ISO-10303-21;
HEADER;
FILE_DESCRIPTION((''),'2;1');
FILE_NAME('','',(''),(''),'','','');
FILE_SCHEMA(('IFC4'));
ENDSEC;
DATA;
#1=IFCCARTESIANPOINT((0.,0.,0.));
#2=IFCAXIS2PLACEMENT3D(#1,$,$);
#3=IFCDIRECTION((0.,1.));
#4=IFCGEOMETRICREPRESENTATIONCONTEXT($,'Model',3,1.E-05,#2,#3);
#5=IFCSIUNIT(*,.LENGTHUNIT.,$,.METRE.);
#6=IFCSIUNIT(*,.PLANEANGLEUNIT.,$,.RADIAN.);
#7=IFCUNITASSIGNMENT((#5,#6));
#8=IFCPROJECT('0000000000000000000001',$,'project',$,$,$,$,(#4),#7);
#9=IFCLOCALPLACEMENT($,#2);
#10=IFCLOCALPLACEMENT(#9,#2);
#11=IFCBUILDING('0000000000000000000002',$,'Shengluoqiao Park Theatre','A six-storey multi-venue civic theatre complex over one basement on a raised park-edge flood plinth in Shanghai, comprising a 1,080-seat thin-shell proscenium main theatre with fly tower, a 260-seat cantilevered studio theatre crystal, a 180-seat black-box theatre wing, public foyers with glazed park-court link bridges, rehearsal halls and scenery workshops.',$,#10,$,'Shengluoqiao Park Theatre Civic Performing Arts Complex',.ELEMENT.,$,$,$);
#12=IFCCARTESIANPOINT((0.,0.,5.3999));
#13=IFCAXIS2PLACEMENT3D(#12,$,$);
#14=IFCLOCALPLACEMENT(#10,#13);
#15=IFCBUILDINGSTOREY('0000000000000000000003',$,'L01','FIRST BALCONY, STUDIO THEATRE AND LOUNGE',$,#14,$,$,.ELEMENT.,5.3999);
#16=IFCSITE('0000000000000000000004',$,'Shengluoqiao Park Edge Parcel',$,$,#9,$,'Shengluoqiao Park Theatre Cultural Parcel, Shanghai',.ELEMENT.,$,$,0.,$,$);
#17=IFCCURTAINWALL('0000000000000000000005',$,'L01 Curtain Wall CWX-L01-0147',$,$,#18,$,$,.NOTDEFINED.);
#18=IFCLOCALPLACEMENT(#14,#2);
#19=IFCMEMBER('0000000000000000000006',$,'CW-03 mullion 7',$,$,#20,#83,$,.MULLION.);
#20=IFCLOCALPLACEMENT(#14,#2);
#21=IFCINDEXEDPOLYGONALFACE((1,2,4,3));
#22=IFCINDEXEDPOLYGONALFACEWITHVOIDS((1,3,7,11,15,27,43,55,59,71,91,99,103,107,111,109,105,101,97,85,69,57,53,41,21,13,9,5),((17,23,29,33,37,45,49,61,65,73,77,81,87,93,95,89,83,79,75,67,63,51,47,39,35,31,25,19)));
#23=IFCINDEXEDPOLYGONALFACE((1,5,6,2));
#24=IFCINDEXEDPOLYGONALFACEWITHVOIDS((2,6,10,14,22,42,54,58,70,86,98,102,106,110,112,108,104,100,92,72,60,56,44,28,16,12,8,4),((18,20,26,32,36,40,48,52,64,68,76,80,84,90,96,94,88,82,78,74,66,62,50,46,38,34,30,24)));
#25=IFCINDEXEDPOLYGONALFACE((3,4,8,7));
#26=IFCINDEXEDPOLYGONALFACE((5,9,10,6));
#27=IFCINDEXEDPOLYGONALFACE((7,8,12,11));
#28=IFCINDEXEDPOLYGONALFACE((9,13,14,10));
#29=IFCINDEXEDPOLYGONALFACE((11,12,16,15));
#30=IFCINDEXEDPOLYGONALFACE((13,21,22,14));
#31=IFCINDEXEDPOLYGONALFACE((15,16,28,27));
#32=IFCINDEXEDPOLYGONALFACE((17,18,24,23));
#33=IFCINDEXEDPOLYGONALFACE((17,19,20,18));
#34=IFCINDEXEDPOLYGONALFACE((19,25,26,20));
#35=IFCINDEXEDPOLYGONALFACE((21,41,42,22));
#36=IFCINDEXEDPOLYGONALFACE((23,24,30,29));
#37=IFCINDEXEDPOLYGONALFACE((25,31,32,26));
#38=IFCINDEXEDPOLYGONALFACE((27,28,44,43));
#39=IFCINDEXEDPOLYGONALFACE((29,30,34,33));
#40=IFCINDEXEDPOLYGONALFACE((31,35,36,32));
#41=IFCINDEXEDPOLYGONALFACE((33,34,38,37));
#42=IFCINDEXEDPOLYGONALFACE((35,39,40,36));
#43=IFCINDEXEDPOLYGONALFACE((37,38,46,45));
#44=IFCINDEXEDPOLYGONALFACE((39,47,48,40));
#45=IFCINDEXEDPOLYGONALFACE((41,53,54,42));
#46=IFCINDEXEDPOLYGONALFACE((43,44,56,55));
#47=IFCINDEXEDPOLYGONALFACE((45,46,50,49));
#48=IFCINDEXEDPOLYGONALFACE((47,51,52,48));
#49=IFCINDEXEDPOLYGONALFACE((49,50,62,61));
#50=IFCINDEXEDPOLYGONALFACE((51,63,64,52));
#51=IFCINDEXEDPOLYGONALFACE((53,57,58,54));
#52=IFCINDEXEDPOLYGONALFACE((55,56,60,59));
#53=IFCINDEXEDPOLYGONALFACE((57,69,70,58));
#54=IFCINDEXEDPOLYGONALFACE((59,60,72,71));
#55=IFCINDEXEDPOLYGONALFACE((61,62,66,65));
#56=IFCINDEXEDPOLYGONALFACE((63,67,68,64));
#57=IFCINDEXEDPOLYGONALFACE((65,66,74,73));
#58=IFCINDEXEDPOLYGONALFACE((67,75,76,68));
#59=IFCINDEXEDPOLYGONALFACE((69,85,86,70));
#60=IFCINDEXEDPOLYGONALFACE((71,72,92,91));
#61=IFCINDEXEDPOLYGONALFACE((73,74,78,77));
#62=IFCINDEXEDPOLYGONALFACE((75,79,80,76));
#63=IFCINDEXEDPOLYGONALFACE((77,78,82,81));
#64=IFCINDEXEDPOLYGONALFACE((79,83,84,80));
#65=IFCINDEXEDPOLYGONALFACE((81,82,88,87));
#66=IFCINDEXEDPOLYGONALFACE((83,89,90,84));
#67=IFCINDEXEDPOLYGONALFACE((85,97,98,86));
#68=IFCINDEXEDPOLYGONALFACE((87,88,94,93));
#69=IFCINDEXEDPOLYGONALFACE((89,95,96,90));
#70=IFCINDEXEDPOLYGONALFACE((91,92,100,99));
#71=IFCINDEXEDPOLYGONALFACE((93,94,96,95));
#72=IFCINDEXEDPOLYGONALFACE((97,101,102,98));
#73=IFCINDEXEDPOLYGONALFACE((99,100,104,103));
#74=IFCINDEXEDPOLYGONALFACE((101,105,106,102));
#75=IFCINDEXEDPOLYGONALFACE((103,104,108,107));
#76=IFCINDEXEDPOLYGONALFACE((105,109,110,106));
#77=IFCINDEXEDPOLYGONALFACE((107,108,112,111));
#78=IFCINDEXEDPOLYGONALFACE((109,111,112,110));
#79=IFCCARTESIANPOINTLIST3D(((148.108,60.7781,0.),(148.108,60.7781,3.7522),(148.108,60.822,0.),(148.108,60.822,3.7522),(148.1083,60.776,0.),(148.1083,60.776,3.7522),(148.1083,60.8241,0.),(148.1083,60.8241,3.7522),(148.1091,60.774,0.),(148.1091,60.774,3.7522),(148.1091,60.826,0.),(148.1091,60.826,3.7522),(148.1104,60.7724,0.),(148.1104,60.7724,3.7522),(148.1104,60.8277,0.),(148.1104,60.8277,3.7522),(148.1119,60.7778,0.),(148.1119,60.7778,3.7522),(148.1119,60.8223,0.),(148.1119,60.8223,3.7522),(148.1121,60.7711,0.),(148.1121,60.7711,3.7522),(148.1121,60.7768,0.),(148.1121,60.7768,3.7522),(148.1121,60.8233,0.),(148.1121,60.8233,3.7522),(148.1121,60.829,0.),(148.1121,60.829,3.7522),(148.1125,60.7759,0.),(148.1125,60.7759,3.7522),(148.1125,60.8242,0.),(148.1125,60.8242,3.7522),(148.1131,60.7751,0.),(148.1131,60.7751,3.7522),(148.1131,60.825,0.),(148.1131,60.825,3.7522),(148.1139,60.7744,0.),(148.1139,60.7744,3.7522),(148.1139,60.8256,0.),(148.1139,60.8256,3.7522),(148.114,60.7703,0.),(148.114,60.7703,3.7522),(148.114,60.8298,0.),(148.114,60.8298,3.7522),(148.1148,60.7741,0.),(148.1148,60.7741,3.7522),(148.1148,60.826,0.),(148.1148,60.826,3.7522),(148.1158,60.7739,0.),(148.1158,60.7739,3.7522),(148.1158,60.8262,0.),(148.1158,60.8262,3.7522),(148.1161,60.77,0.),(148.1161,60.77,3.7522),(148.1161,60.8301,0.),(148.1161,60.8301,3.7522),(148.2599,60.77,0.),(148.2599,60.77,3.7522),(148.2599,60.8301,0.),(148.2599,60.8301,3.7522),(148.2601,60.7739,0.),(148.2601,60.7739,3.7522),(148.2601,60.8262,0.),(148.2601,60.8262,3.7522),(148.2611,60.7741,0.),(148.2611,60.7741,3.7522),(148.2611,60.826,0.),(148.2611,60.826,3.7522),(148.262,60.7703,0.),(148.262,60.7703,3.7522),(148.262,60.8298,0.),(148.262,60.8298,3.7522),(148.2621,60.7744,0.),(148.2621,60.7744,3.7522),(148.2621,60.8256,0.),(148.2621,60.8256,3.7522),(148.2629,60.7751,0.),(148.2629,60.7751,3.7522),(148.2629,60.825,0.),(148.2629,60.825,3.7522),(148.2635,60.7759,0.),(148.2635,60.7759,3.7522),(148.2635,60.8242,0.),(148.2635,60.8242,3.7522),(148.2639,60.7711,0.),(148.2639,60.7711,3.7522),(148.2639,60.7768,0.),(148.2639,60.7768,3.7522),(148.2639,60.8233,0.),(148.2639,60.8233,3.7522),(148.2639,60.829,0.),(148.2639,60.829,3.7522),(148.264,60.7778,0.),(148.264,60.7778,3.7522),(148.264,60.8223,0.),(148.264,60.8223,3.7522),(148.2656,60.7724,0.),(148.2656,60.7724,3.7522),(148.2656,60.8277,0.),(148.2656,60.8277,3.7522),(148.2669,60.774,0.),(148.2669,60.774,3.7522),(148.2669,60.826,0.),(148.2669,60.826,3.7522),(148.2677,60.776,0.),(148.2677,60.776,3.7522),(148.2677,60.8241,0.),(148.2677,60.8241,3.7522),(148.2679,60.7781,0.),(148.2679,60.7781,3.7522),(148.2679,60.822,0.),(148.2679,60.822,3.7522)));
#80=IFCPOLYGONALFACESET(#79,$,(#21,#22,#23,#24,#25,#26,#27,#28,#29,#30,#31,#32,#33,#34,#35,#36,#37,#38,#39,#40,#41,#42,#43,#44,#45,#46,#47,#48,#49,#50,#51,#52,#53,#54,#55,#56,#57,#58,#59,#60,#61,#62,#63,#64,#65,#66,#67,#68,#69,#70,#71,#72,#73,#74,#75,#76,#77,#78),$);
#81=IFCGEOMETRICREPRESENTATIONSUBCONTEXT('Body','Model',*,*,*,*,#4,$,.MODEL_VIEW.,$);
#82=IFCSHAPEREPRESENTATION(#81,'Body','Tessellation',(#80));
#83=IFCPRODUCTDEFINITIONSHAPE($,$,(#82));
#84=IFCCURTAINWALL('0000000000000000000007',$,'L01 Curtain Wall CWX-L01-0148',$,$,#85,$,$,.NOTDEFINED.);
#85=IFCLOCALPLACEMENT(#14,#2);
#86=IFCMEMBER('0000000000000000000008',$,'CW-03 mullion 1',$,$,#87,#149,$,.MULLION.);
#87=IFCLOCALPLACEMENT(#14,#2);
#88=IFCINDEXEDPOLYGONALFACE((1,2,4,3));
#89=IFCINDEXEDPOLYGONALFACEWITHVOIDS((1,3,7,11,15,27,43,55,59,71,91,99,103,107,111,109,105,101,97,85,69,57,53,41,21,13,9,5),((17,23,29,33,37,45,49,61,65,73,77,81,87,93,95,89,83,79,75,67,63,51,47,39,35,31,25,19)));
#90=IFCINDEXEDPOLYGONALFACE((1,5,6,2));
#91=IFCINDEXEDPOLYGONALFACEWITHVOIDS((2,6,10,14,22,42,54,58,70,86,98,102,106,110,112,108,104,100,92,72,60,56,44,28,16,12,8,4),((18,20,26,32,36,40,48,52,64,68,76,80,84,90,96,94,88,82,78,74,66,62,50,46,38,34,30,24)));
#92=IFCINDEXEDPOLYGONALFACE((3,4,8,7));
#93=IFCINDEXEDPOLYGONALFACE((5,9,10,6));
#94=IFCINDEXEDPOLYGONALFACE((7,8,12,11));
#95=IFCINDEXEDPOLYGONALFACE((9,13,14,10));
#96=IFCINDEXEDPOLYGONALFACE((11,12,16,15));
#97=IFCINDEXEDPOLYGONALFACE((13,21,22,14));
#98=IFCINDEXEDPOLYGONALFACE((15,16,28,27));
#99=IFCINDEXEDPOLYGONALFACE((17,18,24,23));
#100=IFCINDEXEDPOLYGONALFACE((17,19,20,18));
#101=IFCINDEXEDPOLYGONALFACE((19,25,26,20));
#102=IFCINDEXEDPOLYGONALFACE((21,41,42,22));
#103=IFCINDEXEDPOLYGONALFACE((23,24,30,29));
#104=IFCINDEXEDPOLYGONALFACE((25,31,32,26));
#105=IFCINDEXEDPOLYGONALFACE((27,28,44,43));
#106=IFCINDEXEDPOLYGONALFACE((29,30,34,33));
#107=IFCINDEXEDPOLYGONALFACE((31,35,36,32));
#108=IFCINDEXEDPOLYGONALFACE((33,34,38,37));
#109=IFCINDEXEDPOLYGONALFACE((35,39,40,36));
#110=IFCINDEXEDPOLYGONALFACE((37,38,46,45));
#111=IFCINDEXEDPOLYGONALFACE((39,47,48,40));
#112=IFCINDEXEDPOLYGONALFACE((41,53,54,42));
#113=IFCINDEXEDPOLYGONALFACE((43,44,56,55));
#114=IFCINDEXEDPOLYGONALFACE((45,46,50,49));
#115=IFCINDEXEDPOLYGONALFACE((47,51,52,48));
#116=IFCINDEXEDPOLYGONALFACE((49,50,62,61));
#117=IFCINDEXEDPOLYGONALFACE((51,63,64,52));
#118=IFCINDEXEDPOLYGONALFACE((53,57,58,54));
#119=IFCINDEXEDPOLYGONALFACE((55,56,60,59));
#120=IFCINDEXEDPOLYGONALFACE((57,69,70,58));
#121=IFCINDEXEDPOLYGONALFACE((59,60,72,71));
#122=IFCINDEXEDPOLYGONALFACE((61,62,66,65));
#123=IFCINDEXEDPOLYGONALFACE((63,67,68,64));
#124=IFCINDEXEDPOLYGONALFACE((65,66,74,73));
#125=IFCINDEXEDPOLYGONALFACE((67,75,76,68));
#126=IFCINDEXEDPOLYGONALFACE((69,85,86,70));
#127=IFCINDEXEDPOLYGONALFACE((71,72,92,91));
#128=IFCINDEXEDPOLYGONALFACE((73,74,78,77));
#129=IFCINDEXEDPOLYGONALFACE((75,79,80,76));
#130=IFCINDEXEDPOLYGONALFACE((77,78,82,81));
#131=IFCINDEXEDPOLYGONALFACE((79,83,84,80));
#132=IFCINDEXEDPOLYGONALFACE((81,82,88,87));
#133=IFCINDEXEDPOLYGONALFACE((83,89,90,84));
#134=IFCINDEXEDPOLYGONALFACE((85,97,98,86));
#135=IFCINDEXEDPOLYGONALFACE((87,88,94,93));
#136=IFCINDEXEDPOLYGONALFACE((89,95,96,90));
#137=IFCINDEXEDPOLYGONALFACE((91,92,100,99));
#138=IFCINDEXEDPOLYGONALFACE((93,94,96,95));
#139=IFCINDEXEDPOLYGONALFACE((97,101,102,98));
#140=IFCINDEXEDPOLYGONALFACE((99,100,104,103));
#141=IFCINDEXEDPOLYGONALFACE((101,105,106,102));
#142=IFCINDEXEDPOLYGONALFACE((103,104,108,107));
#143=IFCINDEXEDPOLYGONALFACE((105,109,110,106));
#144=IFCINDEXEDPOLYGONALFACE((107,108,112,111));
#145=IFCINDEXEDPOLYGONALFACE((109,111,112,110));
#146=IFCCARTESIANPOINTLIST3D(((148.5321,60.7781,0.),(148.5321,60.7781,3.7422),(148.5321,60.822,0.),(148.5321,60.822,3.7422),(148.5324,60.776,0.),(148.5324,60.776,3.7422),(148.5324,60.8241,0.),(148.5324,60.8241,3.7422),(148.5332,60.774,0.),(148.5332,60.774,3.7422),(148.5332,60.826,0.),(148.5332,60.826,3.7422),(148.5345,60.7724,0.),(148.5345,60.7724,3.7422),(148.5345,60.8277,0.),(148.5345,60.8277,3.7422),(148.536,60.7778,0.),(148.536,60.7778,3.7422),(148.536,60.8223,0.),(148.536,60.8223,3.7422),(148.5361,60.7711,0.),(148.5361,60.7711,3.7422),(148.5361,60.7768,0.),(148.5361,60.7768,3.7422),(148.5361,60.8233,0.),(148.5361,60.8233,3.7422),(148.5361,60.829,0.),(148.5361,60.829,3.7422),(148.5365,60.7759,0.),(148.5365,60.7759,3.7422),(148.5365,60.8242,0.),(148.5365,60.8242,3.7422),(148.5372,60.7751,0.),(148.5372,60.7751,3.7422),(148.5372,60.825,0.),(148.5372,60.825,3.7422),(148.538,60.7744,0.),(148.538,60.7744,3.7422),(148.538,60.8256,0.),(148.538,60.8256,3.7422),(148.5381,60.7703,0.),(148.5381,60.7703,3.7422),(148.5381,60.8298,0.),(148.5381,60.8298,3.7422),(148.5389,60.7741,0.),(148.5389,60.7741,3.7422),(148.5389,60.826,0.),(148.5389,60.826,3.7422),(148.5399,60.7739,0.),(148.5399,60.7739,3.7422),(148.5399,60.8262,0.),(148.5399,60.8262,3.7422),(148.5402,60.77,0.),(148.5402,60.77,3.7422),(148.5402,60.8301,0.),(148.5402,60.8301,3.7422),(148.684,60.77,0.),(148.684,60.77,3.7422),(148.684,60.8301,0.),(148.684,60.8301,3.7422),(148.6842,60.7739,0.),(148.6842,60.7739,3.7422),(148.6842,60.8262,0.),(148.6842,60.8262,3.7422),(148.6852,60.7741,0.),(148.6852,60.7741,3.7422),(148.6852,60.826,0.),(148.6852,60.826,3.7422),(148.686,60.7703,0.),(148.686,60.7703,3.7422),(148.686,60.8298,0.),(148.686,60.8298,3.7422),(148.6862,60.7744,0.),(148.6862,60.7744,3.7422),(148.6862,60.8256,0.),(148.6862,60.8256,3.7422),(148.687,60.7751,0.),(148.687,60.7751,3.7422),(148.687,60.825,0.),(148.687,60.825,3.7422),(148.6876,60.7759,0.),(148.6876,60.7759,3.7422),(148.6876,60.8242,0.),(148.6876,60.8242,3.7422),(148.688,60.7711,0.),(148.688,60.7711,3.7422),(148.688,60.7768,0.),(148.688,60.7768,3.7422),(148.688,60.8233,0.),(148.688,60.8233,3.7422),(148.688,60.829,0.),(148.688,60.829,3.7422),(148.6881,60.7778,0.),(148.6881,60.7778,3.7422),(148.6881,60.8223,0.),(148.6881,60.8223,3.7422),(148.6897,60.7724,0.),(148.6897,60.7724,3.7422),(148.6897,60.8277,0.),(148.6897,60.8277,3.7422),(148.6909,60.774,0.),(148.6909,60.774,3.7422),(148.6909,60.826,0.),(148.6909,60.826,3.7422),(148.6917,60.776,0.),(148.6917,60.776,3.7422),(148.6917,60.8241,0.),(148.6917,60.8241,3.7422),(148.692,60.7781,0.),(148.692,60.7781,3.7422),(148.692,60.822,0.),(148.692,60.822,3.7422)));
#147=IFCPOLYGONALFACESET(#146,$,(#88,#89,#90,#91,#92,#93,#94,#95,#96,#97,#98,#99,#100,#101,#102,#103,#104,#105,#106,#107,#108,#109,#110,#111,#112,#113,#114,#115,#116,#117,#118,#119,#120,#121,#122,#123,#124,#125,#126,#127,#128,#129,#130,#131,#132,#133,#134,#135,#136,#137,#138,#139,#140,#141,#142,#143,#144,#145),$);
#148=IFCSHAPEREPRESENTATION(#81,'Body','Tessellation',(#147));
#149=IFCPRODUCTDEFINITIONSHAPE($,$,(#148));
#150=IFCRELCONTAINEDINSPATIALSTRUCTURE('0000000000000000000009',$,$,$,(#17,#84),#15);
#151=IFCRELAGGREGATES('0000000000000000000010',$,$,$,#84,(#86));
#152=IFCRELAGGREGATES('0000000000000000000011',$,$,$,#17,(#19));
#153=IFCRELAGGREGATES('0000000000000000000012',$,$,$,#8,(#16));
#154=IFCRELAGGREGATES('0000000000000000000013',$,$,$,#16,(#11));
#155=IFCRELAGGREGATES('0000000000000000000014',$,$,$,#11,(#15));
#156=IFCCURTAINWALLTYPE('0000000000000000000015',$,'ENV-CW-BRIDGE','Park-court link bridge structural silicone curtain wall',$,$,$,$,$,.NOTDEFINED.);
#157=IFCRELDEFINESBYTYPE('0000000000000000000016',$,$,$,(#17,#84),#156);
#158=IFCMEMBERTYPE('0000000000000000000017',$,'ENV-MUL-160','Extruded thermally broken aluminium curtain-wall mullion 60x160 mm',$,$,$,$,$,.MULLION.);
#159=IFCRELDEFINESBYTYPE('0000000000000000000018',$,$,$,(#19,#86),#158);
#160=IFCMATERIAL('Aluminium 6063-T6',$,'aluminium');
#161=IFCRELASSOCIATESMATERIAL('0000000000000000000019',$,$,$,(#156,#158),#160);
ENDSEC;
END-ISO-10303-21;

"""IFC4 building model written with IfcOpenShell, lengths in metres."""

from ifc_helpers import new_model, si_unit, direction, frame, origin, origin_2d, place, context, subcontext, project, spatial, hollow_rectangle, extrude, material, material_profile, profile_set, type_object, element, aggregate, save


model = new_model("IFC4")

# Units and contexts
model_context = context("Model", 3, precision=1e-05, world=origin(), true_north=direction((0.0, 1.0)))
body_context = subcontext(model_context, "Body", "Model", "MODEL_VIEW")
ifc_project = project(units=[si_unit("LENGTHUNIT", "METRE"), si_unit("PLANEANGLEUNIT", "RADIAN")], contexts=[model_context])

# Site, building, storey
site_placement = place(None, origin())
site = spatial("IfcSite", under=ifc_project, at=site_placement, Name="Shengluoqiao Park Edge Parcel", LongName="Shengluoqiao Park Theatre Cultural Parcel, Shanghai", CompositionType="ELEMENT", RefElevation=0.0)
building_placement = place(site_placement, origin())
building = spatial("IfcBuilding", under=site, at=building_placement, Name="Shengluoqiao Park Theatre", Description="A six-storey multi-venue civic theatre complex over one basement on a raised park-edge flood plinth in Shanghai, comprising a 1,080-seat thin-shell proscenium main theatre with fly tower, a 260-seat cantilevered studio theatre crystal, a 180-seat black-box theatre wing, public foyers with glazed park-court link bridges, rehearsal halls and scenery workshops.", LongName="Shengluoqiao Park Theatre Civic Performing Arts Complex", CompositionType="ELEMENT")
storey_placement = place(building_placement, frame((0.0, 0.0, 5.3999)))
storey = spatial("IfcBuildingStorey", under=building, at=storey_placement, Name="L01", Description="FIRST BALCONY, STUDIO THEATRE AND LOUNGE", CompositionType="ELEMENT", Elevation=5.3999)

# Curtain wall, member
ifc_material_1 = material(Name="Aluminium 6063-T6", Category="aluminium")
curtain_wall_type = type_object("IfcCurtainWallType", Name="ENV-CW-BRIDGE", Description="Park-court link bridge structural silicone curtain wall", PredefinedType="NOTDEFINED", material=ifc_material_1)
curtain_wall_1_placement = place(storey_placement, origin())
curtain_wall_1 = element("IfcCurtainWall", 1, at=curtain_wall_1_placement, inside=storey, type_object=curtain_wall_type, Name="L01 Curtain Wall CWX-L01-0147", PredefinedType="NOTDEFINED")
ifc_material_profile_1 = material_profile(ifc_material_1, hollow_rectangle(XDim=0.0601, YDim=0.1599, WallThickness=0.0039, InnerFilletRadius=0.0039, OuterFilletRadius=0.0081, at=origin_2d()), Name="ALU MULLION 160x60x4")
ifc_profile_set_1 = profile_set([ifc_material_profile_1], Name="Aluminium 6063-T6")
member_type_1 = type_object("IfcMemberType", Name="ENV-MUL-160", Description="Extruded thermally broken aluminium curtain-wall mullion 60x160 mm", PredefinedType="MULLION", material=ifc_profile_set_1)
member_1_placement = place(storey_placement, frame((148.188, 60.8, 0.0), z_axis=(0.0, 0.0, 1.0), x_axis=(0.0, 1.0, 0.0)))
member_1 = element("IfcMember", 2, at=member_1_placement, type_object=member_type_1, Name="CW-03 mullion 7", PredefinedType="MULLION", context=body_context, shape_type="SweptSolid", body=[
    extrude(hollow_rectangle(XDim=0.0601, YDim=0.1599, WallThickness=0.0039, InnerFilletRadius=0.0039, OuterFilletRadius=0.0081, at=origin_2d()), origin(), (0.0, 0.0, 1.0), 3.7522),
])

# Curtain wall, member
curtain_wall_2_placement = place(storey_placement, origin())
curtain_wall_2 = element("IfcCurtainWall", 3, at=curtain_wall_2_placement, inside=storey, type_object=curtain_wall_type, Name="L01 Curtain Wall CWX-L01-0148", PredefinedType="NOTDEFINED")
member_2_placement = place(storey_placement, frame((148.6121, 60.8, 0.0), z_axis=(0.0, 0.0, 1.0), x_axis=(0.0, 1.0, 0.0)))
member_2 = element("IfcMember", 4, at=member_2_placement, type_object=member_type_1, Name="CW-03 mullion 1", PredefinedType="MULLION", context=body_context, shape_type="SweptSolid", body=[
    extrude(hollow_rectangle(XDim=0.0601, YDim=0.1599, WallThickness=0.0039, InnerFilletRadius=0.0039, OuterFilletRadius=0.0081, at=origin_2d()), origin(), (0.0, 0.0, 1.0), 3.7422),
])
aggregate(curtain_wall_2, [member_2])

aggregate(curtain_wall_1, [member_1])

save(model, "model.ifc")
